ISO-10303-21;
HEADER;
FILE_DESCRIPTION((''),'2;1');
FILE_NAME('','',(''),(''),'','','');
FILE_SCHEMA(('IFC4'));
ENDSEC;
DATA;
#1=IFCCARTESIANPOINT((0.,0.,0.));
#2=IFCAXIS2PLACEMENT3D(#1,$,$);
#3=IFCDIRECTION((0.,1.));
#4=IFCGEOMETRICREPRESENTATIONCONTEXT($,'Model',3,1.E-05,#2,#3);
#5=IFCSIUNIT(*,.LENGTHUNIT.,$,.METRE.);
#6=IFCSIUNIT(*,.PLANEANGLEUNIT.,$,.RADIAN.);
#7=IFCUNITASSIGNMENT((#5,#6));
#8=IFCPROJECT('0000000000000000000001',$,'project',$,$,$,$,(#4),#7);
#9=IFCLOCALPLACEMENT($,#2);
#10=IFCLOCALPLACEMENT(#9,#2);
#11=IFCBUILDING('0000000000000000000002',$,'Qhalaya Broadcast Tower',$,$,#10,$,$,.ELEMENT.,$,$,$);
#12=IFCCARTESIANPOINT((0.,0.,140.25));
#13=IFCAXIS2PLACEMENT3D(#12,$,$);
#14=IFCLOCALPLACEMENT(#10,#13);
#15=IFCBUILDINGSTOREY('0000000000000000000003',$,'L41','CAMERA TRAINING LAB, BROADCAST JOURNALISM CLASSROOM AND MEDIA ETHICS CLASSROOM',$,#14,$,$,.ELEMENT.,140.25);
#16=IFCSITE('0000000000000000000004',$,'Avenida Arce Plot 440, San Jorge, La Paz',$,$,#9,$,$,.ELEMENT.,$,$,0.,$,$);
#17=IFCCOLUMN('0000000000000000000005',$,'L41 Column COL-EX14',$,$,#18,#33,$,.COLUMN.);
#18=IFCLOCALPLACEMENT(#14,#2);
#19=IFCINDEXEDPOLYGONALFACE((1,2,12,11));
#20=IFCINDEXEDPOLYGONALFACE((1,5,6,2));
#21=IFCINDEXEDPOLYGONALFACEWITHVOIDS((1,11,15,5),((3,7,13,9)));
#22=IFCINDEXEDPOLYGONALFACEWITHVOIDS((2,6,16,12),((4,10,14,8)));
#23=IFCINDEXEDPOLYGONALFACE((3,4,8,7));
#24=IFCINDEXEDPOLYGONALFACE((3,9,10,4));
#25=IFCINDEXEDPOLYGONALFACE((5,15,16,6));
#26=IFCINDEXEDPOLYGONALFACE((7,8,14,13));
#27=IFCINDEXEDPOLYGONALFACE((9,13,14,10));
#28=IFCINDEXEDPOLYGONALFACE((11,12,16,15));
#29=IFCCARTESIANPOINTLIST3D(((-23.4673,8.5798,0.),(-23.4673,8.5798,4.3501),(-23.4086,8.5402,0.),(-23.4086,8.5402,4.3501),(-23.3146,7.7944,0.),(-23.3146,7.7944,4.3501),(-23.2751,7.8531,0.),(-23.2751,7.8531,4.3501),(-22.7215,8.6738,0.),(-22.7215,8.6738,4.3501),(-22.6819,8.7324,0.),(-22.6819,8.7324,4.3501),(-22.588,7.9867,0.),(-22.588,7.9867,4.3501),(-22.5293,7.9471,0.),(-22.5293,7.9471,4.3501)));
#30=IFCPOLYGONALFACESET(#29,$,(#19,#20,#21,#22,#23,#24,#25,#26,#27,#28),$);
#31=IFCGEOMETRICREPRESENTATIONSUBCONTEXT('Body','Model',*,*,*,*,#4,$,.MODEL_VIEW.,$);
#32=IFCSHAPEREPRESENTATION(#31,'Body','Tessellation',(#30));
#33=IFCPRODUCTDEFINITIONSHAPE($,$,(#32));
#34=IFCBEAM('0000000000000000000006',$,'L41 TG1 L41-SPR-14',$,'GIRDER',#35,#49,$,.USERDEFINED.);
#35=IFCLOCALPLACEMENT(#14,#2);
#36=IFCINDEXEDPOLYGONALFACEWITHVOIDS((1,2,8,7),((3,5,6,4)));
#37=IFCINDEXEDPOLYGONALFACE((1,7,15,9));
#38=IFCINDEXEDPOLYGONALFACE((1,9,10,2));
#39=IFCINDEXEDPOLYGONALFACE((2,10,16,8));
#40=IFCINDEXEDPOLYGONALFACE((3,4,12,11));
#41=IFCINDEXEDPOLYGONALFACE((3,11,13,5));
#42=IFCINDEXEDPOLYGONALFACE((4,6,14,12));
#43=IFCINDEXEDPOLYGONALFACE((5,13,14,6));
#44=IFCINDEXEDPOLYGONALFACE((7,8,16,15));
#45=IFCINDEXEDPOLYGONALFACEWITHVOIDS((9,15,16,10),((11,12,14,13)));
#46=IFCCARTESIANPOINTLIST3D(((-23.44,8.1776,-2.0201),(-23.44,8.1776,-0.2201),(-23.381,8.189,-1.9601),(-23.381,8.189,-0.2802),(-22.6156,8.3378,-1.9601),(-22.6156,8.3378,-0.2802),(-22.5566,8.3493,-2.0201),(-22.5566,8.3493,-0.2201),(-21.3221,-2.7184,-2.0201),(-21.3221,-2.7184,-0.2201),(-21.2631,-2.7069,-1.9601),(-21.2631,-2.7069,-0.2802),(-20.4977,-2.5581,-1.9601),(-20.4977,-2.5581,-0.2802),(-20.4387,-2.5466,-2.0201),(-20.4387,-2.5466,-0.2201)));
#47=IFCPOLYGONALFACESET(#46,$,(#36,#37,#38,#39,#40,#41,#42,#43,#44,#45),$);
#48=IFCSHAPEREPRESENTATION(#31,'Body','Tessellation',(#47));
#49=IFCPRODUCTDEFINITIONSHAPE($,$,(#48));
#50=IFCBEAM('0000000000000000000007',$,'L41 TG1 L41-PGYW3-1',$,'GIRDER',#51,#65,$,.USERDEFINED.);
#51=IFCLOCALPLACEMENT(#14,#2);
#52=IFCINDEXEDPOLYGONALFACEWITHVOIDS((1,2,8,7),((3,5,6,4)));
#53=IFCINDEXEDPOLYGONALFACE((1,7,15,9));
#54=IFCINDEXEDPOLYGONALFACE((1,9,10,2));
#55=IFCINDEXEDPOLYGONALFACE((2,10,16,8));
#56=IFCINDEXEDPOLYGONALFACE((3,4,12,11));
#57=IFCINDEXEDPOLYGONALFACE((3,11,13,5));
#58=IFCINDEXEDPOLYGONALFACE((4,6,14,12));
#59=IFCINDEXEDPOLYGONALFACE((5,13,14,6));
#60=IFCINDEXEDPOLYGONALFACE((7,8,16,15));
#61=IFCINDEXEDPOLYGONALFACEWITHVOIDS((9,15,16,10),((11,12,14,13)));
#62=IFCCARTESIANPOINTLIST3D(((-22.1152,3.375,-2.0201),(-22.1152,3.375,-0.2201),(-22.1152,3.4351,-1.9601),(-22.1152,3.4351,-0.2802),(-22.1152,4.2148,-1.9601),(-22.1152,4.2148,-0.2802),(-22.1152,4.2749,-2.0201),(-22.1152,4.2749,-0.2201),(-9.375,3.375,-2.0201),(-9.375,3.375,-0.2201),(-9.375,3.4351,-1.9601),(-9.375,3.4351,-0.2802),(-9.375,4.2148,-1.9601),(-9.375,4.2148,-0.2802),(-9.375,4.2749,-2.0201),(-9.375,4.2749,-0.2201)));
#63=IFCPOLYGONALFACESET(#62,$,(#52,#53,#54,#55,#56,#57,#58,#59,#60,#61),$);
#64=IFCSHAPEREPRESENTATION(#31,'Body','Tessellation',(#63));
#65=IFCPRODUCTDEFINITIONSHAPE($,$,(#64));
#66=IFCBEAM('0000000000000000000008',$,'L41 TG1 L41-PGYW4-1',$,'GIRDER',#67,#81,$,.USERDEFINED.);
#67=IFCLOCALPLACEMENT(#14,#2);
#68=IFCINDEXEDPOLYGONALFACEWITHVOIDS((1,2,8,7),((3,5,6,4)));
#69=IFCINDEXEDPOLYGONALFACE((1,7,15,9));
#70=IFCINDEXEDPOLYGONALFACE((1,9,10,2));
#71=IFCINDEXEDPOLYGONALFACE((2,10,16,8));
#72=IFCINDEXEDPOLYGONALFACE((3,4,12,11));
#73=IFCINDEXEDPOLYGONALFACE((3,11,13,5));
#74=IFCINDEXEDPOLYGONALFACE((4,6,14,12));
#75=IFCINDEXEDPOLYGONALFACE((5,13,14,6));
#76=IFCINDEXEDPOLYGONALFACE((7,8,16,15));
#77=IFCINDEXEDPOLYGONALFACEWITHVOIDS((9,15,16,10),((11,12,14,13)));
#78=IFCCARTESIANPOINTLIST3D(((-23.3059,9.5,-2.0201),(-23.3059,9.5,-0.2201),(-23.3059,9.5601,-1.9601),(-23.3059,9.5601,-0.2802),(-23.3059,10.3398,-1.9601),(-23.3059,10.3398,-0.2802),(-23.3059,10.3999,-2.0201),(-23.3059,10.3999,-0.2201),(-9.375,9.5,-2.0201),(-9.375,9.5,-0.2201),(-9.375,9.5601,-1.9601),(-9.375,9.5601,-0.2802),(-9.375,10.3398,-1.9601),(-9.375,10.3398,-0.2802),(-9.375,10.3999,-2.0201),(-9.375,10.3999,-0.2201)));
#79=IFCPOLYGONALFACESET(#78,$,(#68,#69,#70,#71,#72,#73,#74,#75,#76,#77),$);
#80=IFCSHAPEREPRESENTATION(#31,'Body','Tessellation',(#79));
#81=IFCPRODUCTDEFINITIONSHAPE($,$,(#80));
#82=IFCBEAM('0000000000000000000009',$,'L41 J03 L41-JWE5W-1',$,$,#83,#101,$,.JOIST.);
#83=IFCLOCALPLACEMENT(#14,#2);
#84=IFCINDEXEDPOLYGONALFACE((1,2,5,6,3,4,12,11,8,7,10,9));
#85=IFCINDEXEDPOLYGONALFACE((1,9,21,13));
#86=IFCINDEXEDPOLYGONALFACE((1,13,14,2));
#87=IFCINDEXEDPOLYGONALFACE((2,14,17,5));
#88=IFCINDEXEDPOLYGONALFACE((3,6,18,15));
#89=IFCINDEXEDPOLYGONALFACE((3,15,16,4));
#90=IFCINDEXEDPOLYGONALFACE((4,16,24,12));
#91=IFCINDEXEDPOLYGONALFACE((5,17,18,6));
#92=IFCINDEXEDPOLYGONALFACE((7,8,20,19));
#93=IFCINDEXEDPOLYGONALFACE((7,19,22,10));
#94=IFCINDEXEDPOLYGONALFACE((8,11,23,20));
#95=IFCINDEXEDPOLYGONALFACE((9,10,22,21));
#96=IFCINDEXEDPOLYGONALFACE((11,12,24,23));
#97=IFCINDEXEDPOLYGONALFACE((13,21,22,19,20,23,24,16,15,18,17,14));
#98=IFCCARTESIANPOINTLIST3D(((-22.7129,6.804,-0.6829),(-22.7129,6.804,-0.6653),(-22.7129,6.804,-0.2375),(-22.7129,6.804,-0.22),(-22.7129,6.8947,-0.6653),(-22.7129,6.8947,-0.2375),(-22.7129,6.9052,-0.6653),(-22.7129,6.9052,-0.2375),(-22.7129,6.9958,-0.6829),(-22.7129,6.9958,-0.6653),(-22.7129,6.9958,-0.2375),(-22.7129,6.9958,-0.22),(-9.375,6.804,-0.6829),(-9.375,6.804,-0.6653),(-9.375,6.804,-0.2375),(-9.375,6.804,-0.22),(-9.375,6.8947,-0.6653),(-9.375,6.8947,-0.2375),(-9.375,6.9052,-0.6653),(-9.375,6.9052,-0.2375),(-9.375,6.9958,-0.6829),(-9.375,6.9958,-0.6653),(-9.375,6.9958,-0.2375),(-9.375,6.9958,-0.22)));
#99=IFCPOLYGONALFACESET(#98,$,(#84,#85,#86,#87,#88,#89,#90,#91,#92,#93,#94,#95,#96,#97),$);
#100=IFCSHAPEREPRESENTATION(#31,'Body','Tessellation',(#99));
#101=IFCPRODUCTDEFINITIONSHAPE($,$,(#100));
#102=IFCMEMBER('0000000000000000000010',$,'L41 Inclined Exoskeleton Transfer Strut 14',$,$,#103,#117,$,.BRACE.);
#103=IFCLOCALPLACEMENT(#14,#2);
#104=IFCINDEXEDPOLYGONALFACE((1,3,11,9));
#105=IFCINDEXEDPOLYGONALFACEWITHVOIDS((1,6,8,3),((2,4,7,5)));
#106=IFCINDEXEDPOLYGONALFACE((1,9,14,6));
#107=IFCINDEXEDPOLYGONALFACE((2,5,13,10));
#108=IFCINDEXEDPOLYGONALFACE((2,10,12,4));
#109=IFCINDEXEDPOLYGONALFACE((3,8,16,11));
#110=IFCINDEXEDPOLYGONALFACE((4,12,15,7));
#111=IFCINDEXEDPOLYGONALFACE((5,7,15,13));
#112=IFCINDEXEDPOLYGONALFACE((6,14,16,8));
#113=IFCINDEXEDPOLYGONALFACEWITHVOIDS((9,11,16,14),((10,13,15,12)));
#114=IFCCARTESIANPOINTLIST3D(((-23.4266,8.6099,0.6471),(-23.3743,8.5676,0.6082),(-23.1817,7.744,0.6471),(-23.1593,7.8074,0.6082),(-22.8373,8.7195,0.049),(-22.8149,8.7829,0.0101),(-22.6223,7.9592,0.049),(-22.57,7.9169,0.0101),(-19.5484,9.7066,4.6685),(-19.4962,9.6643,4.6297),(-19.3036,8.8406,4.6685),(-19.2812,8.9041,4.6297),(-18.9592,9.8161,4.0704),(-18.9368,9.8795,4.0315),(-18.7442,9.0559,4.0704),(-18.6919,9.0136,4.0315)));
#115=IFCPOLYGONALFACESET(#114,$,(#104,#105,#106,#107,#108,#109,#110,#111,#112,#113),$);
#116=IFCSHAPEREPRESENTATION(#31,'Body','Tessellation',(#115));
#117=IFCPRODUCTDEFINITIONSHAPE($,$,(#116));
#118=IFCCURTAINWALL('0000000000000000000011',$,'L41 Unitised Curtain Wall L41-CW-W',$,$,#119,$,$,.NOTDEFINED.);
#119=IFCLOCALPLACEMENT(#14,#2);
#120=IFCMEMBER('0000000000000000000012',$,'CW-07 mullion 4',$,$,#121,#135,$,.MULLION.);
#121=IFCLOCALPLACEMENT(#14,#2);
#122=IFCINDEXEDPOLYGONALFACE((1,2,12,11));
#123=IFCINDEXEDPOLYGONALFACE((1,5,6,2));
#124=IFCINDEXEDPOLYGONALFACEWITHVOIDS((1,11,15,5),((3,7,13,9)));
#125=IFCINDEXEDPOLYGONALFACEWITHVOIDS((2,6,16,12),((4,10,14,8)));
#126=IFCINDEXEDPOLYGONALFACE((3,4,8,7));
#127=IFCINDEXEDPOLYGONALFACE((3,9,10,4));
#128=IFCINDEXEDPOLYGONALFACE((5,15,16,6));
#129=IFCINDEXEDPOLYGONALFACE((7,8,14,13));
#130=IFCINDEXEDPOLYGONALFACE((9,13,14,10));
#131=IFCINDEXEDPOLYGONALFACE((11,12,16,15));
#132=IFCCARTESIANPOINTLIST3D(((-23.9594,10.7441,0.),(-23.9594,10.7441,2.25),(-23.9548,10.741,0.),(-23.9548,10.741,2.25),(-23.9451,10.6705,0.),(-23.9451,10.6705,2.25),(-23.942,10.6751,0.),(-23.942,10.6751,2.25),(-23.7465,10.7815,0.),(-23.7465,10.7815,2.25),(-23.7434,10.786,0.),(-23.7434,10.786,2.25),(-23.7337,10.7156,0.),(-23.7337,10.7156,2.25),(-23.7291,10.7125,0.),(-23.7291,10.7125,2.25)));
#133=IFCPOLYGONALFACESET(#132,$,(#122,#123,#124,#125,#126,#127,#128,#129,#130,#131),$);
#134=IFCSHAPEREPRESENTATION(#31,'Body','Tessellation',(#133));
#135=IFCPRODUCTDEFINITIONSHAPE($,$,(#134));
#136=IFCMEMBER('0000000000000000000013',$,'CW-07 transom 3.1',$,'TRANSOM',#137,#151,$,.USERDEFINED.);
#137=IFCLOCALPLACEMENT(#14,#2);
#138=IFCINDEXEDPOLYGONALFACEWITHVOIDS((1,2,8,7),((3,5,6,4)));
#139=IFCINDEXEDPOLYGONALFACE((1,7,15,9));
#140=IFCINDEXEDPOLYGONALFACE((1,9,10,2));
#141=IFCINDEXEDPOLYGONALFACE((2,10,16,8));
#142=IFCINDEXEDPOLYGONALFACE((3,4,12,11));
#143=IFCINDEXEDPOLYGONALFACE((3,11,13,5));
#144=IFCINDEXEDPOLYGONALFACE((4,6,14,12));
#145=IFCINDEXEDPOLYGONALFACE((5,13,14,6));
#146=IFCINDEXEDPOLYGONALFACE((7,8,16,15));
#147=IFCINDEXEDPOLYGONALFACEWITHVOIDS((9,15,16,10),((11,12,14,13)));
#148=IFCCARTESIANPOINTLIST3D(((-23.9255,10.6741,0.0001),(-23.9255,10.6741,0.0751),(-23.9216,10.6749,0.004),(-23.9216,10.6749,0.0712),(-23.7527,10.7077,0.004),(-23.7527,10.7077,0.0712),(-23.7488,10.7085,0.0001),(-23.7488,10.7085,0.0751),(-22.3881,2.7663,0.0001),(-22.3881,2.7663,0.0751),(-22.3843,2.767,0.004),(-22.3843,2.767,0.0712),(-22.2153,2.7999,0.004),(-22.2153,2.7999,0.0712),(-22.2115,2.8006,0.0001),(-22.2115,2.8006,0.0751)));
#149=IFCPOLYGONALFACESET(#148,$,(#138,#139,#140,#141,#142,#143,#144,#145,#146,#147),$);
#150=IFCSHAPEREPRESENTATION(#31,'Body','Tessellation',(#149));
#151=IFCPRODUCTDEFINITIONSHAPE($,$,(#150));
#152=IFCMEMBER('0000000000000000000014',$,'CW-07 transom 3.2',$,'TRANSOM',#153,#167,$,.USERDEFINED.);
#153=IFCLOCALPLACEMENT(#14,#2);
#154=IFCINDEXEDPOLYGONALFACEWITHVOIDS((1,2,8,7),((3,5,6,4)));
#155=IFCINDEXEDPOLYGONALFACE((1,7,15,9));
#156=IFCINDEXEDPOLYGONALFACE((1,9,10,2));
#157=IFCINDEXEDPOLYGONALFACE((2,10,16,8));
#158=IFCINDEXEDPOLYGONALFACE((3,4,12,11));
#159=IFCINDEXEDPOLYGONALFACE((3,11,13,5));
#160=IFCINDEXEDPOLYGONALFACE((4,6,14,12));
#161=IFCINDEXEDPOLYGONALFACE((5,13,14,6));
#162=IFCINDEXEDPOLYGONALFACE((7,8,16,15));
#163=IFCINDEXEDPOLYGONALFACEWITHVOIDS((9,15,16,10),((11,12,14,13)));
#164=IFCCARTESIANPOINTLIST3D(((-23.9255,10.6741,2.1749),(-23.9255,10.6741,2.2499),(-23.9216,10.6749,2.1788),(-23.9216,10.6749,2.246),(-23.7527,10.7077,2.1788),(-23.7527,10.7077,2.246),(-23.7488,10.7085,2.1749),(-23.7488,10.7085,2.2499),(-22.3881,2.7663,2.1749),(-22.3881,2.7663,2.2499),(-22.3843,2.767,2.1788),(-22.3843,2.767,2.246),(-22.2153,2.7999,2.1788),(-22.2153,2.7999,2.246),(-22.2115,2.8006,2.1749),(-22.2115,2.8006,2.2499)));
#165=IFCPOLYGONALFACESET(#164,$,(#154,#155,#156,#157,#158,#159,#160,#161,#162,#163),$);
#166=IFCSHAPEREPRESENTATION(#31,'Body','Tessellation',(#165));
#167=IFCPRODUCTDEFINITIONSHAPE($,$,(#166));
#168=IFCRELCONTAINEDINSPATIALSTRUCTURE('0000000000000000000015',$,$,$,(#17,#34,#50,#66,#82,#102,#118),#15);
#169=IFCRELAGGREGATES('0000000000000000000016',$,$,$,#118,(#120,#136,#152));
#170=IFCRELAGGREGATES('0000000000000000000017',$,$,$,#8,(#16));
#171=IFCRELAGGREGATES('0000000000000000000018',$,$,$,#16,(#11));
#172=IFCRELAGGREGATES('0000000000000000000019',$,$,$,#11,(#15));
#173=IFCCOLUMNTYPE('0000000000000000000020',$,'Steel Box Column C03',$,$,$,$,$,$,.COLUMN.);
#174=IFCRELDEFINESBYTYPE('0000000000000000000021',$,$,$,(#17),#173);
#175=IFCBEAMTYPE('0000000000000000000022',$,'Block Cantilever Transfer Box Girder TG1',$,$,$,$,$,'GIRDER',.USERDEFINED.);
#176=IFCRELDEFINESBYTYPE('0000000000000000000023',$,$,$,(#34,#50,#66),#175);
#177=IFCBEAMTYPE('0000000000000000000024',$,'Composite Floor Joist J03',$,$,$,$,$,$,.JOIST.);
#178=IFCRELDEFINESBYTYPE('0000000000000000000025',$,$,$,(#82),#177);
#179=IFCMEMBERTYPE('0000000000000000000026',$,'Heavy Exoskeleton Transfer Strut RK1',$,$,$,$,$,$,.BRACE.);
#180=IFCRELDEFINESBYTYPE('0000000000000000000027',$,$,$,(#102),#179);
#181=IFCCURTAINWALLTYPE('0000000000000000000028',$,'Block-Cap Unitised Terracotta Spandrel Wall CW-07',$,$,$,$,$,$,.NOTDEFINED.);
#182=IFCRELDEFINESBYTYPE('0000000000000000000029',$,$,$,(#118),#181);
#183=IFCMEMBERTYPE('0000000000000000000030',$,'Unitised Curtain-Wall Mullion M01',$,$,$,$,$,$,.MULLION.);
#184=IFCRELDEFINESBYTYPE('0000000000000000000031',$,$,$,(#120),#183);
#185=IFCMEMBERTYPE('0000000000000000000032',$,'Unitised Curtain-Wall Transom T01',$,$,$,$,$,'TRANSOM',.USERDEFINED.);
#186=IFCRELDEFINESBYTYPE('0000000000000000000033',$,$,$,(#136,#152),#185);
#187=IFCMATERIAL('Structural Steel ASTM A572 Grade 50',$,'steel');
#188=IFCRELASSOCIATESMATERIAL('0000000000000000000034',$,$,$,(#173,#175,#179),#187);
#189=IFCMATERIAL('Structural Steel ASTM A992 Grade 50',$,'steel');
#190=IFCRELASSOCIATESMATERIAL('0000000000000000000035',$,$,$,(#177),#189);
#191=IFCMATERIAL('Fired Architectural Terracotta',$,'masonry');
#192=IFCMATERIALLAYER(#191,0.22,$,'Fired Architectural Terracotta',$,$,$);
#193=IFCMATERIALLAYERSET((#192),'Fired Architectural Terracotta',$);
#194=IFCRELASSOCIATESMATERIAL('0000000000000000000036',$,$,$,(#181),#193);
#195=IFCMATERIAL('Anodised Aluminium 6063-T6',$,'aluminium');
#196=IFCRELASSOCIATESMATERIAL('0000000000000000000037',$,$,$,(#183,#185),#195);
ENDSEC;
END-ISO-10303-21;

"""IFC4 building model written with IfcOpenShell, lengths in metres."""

from ifc_helpers import new_model, si_unit, direction, frame, origin, origin_2d, place, context, subcontext, project, spatial, hollow_rectangle, i_section, extrude, material, layer, layer_set, material_profile, profile_set, type_object, element, aggregate, save


model = new_model("IFC4")

# Units and contexts
model_context = context("Model", 3, precision=1e-05, world=origin(), true_north=direction((0.0, 1.0)))
body_context = subcontext(model_context, "Body", "Model", "MODEL_VIEW")
ifc_project = project(units=[si_unit("LENGTHUNIT", "METRE"), si_unit("PLANEANGLEUNIT", "RADIAN")], contexts=[model_context])

# Site, building, storey
site_placement = place(None, origin())
site = spatial("IfcSite", under=ifc_project, at=site_placement, Name="Avenida Arce Plot 440, San Jorge, La Paz", CompositionType="ELEMENT", RefElevation=0.0)
building_placement = place(site_placement, origin())
building = spatial("IfcBuilding", under=site, at=building_placement, Name="Qhalaya Broadcast Tower", CompositionType="ELEMENT")
storey_placement = place(building_placement, frame((0.0, 0.0, 140.25)))
storey = spatial("IfcBuildingStorey", under=building, at=storey_placement, Name="L41", Description="CAMERA TRAINING LAB, BROADCAST JOURNALISM CLASSROOM AND MEDIA ETHICS CLASSROOM", CompositionType="ELEMENT", Elevation=140.25)

# Column
ifc_material_1 = material(Name="Structural Steel ASTM A572 Grade 50", Category="steel")
ifc_material_profile_1 = material_profile(ifc_material_1, hollow_rectangle(XDim=0.8, YDim=0.8, WallThickness=0.05, at=origin_2d()), Name="BOX 800x800x50")
ifc_profile_set_1 = profile_set([ifc_material_profile_1], Name="Structural Steel ASTM A572 Grade 50")
column_type = type_object("IfcColumnType", Name="Steel Box Column C03", PredefinedType="COLUMN", material=ifc_profile_set_1)
column_placement = place(storey_placement, frame((-22.9983, 8.2634, 0.0), z_axis=(0.0, 0.0, 1.0), x_axis=(-0.190809, 0.981627, 0.0)))
element("IfcColumn", 1, at=column_placement, inside=storey, type_object=column_type, Name="L41 Column COL-EX14", PredefinedType="COLUMN", context=body_context, shape_type="SweptSolid", body=[
    extrude(hollow_rectangle(XDim=0.8, YDim=0.8, WallThickness=0.05, at=origin_2d()), origin(), (0.0, 0.0, 1.0), 4.3501),
])

# Beams
ifc_material_profile_2 = material_profile(ifc_material_1, hollow_rectangle(XDim=0.8999, YDim=1.8, WallThickness=0.0601, at=origin_2d()), Name="BOX 900x1800x60")
ifc_profile_set_2 = profile_set([ifc_material_profile_2], Name="Structural Steel ASTM A572 Grade 50")
beam_type_1 = type_object("IfcBeamType", Name="Block Cantilever Transfer Box Girder TG1", ElementType="GIRDER", PredefinedType="USERDEFINED", material=ifc_profile_set_2)
beam_1_placement = place(storey_placement, frame((-22.9983, 8.2634, -1.1201), z_axis=(0.190805, -0.981628, 0.0), x_axis=(0.981628, 0.190805, 0.0)))
element("IfcBeam", 2, at=beam_1_placement, inside=storey, type_object=beam_type_1, Name="L41 TG1 L41-SPR-14", ObjectType="GIRDER", PredefinedType="USERDEFINED", context=body_context, shape_type="SweptSolid", body=[
    extrude(hollow_rectangle(XDim=0.8999, YDim=1.8, WallThickness=0.0601, at=origin_2d()), origin(), (0.0, 0.0, 1.0), 11.0999),
])
beam_2_placement = place(storey_placement, frame((-22.1152, 3.825, -1.1201), z_axis=(1.0, 0.0, 0.0), x_axis=(0.0, 1.0, 0.0)))
element("IfcBeam", 3, at=beam_2_placement, inside=storey, type_object=beam_type_1, Name="L41 TG1 L41-PGYW3-1", ObjectType="GIRDER", PredefinedType="USERDEFINED", context=body_context, shape_type="SweptSolid", body=[
    extrude(hollow_rectangle(XDim=0.8999, YDim=1.8, WallThickness=0.0601, at=origin_2d()), origin(), (0.0, 0.0, 1.0), 12.7402),
])
beam_3_placement = place(storey_placement, frame((-23.3059, 9.95, -1.1201), z_axis=(1.0, 0.0, 0.0), x_axis=(0.0, 1.0, 0.0)))
element("IfcBeam", 4, at=beam_3_placement, inside=storey, type_object=beam_type_1, Name="L41 TG1 L41-PGYW4-1", ObjectType="GIRDER", PredefinedType="USERDEFINED", context=body_context, shape_type="SweptSolid", body=[
    extrude(hollow_rectangle(XDim=0.8999, YDim=1.8, WallThickness=0.0601, at=origin_2d()), origin(), (0.0, 0.0, 1.0), 13.9309),
])
ifc_material_2 = material(Name="Structural Steel ASTM A992 Grade 50", Category="steel")
ifc_material_profile_3 = material_profile(ifc_material_2, i_section(OverallWidth=0.1919, OverallDepth=0.4629, WebThickness=0.0105, FlangeThickness=0.0176, at=origin_2d()), Name="W18X60")
ifc_profile_set_3 = profile_set([ifc_material_profile_3], Name="Structural Steel ASTM A992 Grade 50")
beam_type_2 = type_object("IfcBeamType", Name="Composite Floor Joist J03", PredefinedType="JOIST", material=ifc_profile_set_3)
beam_4_placement = place(storey_placement, frame((-22.7129, 6.8999, -0.4514), z_axis=(1.0, 0.0, 0.0), x_axis=(0.0, 1.0, 0.0)))
element("IfcBeam", 5, at=beam_4_placement, inside=storey, type_object=beam_type_2, Name="L41 J03 L41-JWE5W-1", PredefinedType="JOIST", context=body_context, shape_type="SweptSolid", body=[
    extrude(i_section(OverallWidth=0.1919, OverallDepth=0.4629, WebThickness=0.0105, FlangeThickness=0.0176, at=origin_2d()), origin(), (0.0, 0.0, 1.0), 13.3379),
])

# Member
ifc_material_profile_4 = material_profile(ifc_material_1, hollow_rectangle(XDim=0.8999, YDim=0.8999, WallThickness=0.0549, at=origin_2d()), Name="BOX 900x900x55")
ifc_profile_set_4 = profile_set([ifc_material_profile_4], Name="Structural Steel ASTM A572 Grade 50")
member_type_1 = type_object("IfcMemberType", Name="Heavy Exoskeleton Transfer Strut RK1", PredefinedType="BRACE", material=ifc_profile_set_4)
member_1_placement = place(storey_placement, frame((-22.9983, 8.2634, 0.3286), z_axis=(0.681165, 0.192622, 0.706336), x_axis=(-0.272112, 0.962266, 0.0)))
element("IfcMember", 6, at=member_1_placement, inside=storey, type_object=member_type_1, Name="L41 Inclined Exoskeleton Transfer Strut 14", PredefinedType="BRACE", context=body_context, shape_type="SweptSolid", body=[
    extrude(hollow_rectangle(XDim=0.8999, YDim=0.8999, WallThickness=0.0549, at=origin_2d()), origin(), (0.0, 0.0, 1.0), 5.6934),
])

# Curtain wall, members
ifc_material_3 = material(Name="Fired Architectural Terracotta", Category="masonry")
ifc_layer_1 = layer(ifc_material_3, 0.22, Name="Fired Architectural Terracotta")
ifc_layer_set_1 = layer_set([ifc_layer_1], Name="Fired Architectural Terracotta")
curtain_wall_type = type_object("IfcCurtainWallType", Name="Block-Cap Unitised Terracotta Spandrel Wall CW-07", PredefinedType="NOTDEFINED", material=ifc_layer_set_1)
curtain_wall_placement = place(storey_placement, origin())
curtain_wall = element("IfcCurtainWall", 7, at=curtain_wall_placement, inside=storey, type_object=curtain_wall_type, Name="L41 Unitised Curtain Wall L41-CW-W", PredefinedType="NOTDEFINED")
ifc_material_4 = material(Name="Anodised Aluminium 6063-T6", Category="aluminium")
ifc_material_profile_5 = material_profile(ifc_material_4, hollow_rectangle(XDim=0.075, YDim=0.22, WallThickness=0.0039, at=origin_2d()), Name="ALU-MUL 75x220x4")
ifc_profile_set_5 = profile_set([ifc_material_profile_5], Name="Anodised Aluminium 6063-T6")
member_type_2 = type_object("IfcMemberType", Name="Unitised Curtain-Wall Mullion M01", PredefinedType="MULLION", material=ifc_profile_set_5)
member_2_placement = place(storey_placement, frame((-23.8442, 10.7283, 0.0), z_axis=(0.0, 0.0, 1.0), x_axis=(-0.19081, 0.981627, 0.0)))
member_2 = element("IfcMember", 8, at=member_2_placement, type_object=member_type_2, Name="CW-07 mullion 4", PredefinedType="MULLION", context=body_context, shape_type="SweptSolid", body=[
    extrude(hollow_rectangle(XDim=0.075, YDim=0.22, WallThickness=0.0039, at=origin_2d()), origin(), (0.0, 0.0, 1.0), 2.25),
])
ifc_material_profile_6 = material_profile(ifc_material_4, hollow_rectangle(XDim=0.075, YDim=0.1799, WallThickness=0.0039, at=origin_2d()), Name="ALU-TRN 75x180x4")
ifc_profile_set_6 = profile_set([ifc_material_profile_6], Name="Anodised Aluminium 6063-T6")
member_type_3 = type_object("IfcMemberType", Name="Unitised Curtain-Wall Transom T01", ElementType="TRANSOM", PredefinedType="USERDEFINED", material=ifc_profile_set_6)
member_3_placement = place(storey_placement, frame((-22.2998, 2.7834, 0.0376), z_axis=(-0.190833, 0.981622, 0.0), x_axis=(0.0, 0.0, 1.0)))
member_3 = element("IfcMember", 9, at=member_3_placement, type_object=member_type_3, Name="CW-07 transom 3.1", ObjectType="TRANSOM", PredefinedType="USERDEFINED", context=body_context, shape_type="SweptSolid", body=[
    extrude(hollow_rectangle(XDim=0.075, YDim=0.1799, WallThickness=0.0039, at=origin_2d()), origin(), (0.0, 0.0, 1.0), 8.0559),
])
member_4_placement = place(storey_placement, frame((-22.2998, 2.7834, 2.2124), z_axis=(-0.190833, 0.981622, 0.0), x_axis=(0.0, 0.0, 1.0)))
member_4 = element("IfcMember", 10, at=member_4_placement, type_object=member_type_3, Name="CW-07 transom 3.2", ObjectType="TRANSOM", PredefinedType="USERDEFINED", context=body_context, shape_type="SweptSolid", body=[
    extrude(hollow_rectangle(XDim=0.075, YDim=0.1799, WallThickness=0.0039, at=origin_2d()), origin(), (0.0, 0.0, 1.0), 8.0559),
])

aggregate(curtain_wall, [member_2, member_3, member_4])

save(model, "model.ifc")
